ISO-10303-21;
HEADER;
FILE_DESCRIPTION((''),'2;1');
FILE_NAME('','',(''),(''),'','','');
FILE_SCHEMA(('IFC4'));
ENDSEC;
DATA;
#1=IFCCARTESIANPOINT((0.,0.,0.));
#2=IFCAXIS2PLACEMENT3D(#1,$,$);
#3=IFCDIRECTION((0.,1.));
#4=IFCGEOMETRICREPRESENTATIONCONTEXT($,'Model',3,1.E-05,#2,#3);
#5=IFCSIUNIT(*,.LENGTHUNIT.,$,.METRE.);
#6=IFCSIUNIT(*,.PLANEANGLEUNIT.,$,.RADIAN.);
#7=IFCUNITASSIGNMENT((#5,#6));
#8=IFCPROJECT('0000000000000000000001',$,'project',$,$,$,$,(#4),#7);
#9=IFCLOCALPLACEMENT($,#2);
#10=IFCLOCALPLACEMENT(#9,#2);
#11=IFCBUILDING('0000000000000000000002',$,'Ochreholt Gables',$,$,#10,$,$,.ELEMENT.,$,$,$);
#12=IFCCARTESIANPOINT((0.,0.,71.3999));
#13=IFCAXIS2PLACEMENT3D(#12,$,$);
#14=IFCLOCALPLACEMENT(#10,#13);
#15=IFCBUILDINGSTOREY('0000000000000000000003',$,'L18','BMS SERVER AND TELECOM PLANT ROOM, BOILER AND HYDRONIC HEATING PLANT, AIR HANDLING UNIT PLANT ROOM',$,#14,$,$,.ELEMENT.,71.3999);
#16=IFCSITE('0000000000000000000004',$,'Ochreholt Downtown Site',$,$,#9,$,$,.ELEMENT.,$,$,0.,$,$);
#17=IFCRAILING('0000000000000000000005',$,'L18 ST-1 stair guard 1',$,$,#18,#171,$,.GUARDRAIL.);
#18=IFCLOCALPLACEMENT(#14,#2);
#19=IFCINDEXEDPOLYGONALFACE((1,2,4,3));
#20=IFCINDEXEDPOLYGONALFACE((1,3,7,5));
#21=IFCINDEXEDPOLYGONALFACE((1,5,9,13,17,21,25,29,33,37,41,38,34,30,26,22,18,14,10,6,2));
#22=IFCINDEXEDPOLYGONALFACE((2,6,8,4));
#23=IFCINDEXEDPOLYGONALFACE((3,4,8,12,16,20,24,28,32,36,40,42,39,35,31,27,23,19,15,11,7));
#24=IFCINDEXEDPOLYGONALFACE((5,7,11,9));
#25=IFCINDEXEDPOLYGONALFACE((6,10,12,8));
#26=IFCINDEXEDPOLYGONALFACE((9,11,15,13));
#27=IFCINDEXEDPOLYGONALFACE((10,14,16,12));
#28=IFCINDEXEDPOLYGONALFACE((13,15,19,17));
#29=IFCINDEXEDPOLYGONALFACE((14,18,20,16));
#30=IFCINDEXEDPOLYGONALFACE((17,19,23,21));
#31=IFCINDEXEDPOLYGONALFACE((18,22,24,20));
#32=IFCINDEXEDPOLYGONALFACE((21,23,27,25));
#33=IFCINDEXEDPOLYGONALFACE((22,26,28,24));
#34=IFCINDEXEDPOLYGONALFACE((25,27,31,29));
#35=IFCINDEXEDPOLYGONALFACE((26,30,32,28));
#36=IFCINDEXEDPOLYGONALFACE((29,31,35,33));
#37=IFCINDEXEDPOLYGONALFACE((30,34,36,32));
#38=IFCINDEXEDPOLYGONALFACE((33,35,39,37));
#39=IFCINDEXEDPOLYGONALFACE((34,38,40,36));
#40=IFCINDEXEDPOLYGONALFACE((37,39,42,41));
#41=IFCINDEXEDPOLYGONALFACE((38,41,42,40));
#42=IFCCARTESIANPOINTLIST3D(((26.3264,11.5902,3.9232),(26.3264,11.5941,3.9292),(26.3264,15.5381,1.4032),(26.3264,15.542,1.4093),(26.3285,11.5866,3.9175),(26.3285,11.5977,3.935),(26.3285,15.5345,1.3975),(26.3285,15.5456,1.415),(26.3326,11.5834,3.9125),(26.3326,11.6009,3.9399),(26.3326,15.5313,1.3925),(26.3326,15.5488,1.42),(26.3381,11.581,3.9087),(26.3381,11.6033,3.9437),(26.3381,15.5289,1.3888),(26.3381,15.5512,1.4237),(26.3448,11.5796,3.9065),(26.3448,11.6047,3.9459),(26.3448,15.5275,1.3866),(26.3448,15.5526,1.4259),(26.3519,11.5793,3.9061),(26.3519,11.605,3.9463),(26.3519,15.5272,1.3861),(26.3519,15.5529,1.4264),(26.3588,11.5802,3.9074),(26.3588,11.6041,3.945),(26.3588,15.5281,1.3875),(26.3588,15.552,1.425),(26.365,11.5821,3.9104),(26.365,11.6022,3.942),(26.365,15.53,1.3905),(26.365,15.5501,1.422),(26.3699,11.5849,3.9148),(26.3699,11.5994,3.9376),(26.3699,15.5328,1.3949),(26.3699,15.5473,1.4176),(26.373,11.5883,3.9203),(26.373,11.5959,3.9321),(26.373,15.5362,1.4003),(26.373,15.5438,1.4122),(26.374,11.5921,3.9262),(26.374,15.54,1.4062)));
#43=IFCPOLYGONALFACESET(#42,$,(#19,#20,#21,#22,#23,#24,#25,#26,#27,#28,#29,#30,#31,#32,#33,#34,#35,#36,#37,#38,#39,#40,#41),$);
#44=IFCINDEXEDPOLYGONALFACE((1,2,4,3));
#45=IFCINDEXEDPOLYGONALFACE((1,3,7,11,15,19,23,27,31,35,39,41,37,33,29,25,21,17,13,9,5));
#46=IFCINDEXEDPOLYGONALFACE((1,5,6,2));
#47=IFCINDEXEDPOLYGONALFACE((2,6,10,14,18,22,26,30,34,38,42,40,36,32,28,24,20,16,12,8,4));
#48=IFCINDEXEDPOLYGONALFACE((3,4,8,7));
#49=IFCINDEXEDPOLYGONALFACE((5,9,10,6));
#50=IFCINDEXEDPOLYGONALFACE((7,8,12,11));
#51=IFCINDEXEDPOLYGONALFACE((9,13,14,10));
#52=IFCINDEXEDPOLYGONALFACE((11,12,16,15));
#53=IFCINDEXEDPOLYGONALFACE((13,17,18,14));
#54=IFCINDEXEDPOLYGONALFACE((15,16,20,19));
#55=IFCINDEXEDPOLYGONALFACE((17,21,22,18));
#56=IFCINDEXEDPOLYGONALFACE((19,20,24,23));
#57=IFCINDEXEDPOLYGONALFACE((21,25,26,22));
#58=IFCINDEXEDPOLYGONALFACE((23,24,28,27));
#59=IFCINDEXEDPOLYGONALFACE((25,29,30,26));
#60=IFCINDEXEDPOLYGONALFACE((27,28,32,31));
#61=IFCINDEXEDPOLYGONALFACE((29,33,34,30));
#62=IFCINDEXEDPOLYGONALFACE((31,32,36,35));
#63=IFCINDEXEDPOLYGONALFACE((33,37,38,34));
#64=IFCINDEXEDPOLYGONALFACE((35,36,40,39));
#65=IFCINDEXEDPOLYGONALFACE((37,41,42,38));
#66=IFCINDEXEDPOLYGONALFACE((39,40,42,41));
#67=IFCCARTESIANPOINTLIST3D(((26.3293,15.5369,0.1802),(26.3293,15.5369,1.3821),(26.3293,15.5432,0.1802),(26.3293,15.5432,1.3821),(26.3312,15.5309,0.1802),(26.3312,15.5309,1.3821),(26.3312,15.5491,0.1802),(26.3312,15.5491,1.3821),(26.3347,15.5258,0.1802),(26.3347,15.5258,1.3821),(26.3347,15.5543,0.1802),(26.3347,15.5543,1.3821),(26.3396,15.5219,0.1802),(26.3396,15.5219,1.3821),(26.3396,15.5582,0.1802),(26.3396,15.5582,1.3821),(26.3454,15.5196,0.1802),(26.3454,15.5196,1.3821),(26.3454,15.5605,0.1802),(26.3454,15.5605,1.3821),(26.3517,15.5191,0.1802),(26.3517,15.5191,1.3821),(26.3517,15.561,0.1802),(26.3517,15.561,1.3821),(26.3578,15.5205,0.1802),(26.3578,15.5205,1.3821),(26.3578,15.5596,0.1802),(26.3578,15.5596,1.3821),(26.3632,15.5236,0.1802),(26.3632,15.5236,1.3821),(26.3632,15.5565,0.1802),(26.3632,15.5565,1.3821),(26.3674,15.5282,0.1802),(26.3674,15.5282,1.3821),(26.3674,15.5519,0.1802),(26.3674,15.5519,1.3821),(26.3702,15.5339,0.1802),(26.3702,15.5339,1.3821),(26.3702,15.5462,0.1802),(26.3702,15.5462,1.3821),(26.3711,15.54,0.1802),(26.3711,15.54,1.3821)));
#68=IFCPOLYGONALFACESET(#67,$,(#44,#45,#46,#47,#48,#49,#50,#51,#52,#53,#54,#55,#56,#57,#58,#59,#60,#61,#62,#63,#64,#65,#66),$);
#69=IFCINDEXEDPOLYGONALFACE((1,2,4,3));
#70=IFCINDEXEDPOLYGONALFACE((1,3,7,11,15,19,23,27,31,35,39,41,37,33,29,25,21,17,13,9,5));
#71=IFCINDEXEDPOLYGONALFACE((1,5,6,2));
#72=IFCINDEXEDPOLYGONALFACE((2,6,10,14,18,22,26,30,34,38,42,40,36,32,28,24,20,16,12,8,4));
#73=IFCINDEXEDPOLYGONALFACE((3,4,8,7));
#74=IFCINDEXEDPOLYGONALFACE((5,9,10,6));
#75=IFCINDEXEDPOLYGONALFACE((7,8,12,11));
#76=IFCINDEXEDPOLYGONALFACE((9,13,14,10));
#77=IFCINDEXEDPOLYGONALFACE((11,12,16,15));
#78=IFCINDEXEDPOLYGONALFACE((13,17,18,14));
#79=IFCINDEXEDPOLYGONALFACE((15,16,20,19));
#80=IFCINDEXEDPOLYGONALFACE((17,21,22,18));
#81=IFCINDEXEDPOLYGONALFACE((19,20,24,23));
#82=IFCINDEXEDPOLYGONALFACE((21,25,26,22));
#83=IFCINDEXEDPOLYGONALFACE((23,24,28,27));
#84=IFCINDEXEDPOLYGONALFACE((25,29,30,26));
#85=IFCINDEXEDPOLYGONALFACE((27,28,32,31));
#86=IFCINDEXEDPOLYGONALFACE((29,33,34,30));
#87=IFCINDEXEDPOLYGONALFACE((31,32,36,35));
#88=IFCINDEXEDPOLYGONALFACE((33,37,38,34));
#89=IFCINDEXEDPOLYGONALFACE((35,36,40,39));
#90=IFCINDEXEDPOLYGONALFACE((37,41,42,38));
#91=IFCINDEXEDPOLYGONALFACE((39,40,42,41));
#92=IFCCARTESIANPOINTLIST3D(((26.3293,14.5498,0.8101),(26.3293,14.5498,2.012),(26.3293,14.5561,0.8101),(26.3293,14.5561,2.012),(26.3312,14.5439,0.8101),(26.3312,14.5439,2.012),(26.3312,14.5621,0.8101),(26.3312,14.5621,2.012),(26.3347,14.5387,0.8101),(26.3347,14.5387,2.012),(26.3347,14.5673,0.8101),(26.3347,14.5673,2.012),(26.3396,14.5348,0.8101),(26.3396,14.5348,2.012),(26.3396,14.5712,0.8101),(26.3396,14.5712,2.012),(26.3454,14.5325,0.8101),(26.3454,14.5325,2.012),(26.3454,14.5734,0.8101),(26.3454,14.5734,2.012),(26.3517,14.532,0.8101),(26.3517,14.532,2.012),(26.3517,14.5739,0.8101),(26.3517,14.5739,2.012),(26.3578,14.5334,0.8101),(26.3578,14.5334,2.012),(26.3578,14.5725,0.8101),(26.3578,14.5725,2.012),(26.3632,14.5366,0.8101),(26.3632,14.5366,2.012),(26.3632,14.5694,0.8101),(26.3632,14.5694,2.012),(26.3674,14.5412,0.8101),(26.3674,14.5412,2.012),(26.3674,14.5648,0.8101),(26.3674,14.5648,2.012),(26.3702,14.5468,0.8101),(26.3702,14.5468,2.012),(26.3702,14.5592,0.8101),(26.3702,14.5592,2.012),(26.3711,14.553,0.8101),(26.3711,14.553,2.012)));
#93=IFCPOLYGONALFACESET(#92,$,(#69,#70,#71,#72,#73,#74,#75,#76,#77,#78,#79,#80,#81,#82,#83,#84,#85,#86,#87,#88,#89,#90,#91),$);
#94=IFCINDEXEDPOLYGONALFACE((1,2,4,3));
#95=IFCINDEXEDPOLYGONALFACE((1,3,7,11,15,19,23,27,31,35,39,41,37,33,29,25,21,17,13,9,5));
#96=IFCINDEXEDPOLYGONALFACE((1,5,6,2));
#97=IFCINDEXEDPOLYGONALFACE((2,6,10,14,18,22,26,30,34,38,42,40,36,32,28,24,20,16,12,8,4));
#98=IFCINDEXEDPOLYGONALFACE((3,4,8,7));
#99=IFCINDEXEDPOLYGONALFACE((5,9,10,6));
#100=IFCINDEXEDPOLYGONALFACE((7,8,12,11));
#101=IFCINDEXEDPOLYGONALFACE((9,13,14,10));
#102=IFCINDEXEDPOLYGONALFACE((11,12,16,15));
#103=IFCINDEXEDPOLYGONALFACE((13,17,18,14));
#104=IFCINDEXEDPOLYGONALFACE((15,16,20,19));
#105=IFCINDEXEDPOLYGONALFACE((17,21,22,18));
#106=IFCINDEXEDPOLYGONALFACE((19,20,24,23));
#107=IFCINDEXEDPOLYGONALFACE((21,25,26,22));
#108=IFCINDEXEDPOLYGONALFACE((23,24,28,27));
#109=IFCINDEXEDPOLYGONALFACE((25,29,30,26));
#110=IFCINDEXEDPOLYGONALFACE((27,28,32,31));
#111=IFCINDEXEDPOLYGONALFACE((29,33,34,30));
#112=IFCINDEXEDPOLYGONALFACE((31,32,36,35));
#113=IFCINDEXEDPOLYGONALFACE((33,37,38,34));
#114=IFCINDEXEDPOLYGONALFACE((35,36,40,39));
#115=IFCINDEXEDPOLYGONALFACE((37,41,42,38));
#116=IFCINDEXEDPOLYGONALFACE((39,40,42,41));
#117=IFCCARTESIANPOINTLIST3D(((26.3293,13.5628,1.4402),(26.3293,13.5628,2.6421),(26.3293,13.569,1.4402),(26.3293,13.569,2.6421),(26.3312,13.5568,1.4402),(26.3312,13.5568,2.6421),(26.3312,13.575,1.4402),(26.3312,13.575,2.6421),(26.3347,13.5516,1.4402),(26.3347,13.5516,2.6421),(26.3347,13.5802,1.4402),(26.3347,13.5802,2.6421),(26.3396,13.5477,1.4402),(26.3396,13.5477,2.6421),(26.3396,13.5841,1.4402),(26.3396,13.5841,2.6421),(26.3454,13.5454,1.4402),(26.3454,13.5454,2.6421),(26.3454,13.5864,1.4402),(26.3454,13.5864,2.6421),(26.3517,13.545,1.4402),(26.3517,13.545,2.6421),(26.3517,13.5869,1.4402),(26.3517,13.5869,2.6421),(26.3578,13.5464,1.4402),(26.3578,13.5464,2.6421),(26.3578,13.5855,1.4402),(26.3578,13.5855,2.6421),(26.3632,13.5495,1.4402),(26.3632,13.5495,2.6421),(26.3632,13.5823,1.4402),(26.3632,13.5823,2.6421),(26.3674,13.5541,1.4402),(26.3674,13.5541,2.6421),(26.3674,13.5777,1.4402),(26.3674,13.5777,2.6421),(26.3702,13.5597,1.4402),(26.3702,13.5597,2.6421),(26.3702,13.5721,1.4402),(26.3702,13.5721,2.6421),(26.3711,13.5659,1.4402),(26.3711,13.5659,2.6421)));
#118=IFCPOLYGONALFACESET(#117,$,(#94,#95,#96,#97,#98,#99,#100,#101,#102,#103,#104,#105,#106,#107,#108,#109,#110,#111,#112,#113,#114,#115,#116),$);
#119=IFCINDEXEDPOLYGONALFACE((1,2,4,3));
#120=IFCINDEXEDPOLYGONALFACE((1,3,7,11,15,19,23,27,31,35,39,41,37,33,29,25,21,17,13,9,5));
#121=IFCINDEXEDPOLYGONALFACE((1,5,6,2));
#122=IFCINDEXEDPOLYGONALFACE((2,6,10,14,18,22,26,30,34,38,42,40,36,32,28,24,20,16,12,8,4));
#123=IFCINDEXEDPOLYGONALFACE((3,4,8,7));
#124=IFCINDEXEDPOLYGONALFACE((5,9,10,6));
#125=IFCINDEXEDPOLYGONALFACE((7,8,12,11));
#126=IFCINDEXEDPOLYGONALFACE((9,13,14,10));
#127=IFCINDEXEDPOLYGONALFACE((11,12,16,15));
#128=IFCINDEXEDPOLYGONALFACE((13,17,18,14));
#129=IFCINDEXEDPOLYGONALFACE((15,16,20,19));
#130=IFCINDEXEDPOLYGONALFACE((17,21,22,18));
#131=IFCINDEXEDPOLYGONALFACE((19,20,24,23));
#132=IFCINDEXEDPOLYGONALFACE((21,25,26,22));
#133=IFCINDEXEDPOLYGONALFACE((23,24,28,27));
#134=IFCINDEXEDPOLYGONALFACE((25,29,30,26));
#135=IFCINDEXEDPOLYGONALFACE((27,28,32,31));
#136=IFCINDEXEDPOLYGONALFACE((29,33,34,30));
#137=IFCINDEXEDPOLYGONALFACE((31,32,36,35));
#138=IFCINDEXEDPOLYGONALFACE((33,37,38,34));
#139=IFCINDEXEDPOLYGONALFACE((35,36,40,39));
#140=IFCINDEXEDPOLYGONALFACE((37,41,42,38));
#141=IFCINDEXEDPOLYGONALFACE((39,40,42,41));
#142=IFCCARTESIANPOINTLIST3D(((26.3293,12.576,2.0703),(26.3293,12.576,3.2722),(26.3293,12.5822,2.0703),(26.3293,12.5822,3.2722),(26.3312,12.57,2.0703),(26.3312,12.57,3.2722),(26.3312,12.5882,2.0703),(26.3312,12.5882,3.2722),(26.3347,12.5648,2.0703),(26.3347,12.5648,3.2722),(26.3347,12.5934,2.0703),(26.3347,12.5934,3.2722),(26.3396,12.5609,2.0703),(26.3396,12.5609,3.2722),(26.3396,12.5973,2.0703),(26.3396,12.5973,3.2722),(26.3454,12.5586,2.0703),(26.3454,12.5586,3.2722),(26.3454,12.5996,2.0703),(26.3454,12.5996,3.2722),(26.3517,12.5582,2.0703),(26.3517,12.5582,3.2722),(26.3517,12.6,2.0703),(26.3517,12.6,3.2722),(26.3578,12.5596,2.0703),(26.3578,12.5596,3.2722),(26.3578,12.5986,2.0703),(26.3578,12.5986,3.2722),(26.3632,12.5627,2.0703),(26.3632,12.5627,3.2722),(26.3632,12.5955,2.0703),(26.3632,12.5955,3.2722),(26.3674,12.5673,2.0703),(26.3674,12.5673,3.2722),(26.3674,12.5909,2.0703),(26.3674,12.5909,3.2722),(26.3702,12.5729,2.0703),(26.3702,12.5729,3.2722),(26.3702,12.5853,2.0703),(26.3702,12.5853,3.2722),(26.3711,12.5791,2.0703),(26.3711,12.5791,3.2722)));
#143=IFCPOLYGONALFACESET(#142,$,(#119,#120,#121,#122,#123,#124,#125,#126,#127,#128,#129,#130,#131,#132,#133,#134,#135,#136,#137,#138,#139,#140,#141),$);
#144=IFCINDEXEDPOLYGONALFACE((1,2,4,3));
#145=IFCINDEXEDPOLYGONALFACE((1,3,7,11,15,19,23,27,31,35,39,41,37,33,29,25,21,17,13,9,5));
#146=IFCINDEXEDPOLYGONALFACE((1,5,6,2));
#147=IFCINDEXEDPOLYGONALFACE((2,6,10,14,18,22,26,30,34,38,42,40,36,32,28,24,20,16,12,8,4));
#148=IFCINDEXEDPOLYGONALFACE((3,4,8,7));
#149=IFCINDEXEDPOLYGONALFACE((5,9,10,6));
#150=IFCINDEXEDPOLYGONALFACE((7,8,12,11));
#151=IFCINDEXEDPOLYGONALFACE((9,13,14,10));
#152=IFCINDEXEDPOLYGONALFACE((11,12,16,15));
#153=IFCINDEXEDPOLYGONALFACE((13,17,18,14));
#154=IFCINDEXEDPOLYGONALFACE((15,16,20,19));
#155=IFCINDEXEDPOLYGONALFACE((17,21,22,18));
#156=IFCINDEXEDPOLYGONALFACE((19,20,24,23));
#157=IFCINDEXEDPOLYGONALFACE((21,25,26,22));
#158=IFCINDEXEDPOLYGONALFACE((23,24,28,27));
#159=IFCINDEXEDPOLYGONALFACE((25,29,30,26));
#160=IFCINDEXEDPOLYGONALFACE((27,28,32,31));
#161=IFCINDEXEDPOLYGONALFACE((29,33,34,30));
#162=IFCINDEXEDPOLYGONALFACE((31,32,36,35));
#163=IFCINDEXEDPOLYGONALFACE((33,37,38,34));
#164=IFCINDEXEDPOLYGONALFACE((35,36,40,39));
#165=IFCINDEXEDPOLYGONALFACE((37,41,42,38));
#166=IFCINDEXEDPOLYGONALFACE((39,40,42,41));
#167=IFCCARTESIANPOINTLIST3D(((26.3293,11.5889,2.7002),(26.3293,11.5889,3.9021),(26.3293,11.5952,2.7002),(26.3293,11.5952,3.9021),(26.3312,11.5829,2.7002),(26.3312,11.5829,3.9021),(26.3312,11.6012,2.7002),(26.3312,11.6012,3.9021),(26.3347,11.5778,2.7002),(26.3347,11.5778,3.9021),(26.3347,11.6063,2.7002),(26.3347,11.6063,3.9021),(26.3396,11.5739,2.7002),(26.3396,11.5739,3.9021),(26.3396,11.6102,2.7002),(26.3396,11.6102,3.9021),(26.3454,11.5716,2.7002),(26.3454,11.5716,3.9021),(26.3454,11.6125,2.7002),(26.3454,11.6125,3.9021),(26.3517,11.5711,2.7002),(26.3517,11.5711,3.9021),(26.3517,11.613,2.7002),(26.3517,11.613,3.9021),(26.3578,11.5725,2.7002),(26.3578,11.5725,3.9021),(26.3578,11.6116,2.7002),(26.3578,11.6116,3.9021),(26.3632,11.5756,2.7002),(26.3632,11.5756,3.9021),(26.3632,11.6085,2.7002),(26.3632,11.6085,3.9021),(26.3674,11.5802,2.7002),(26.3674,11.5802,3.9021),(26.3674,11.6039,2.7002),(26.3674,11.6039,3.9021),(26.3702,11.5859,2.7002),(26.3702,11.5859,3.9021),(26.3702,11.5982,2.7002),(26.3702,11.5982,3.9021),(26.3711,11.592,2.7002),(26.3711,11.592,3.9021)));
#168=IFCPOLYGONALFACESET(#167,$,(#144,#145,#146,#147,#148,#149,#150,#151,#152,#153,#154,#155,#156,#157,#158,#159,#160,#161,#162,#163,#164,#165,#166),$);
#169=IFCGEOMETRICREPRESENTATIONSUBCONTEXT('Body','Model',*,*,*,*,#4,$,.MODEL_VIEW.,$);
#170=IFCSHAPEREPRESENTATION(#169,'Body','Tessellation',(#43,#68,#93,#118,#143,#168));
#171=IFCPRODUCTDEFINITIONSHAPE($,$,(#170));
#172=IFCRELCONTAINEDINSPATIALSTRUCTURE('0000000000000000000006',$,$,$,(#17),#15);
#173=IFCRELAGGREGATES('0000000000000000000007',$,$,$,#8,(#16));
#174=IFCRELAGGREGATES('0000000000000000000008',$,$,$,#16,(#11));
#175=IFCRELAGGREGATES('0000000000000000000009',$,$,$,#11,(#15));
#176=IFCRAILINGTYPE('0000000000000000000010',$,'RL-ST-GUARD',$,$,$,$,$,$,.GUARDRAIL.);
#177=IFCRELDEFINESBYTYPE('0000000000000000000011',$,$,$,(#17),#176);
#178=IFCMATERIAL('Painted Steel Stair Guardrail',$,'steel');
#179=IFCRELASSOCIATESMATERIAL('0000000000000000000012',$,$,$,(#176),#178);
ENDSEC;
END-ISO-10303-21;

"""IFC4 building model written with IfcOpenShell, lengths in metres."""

from ifc_helpers import new_model, si_unit, direction, frame, origin, origin_2d, place, context, subcontext, project, spatial, circle, extrude, material, type_object, element, save


model = new_model("IFC4")

# Units and contexts
model_context = context("Model", 3, precision=1e-05, world=origin(), true_north=direction((0.0, 1.0)))
body_context = subcontext(model_context, "Body", "Model", "MODEL_VIEW")
ifc_project = project(units=[si_unit("LENGTHUNIT", "METRE"), si_unit("PLANEANGLEUNIT", "RADIAN")], contexts=[model_context])

# Site, building, storey
site_placement = place(None, origin())
site = spatial("IfcSite", under=ifc_project, at=site_placement, Name="Ochreholt Downtown Site", CompositionType="ELEMENT", RefElevation=0.0)
building_placement = place(site_placement, origin())
building = spatial("IfcBuilding", under=site, at=building_placement, Name="Ochreholt Gables", CompositionType="ELEMENT")
storey_placement = place(building_placement, frame((0.0, 0.0, 71.3999)))
storey = spatial("IfcBuildingStorey", under=building, at=storey_placement, Name="L18", Description="BMS SERVER AND TELECOM PLANT ROOM, BOILER AND HYDRONIC HEATING PLANT, AIR HANDLING UNIT PLANT ROOM", CompositionType="ELEMENT", Elevation=71.3999)

# Railing
ifc_material_1 = material(Name="Painted Steel Stair Guardrail", Category="steel")
railing_type_1 = type_object("IfcRailingType", Name="RL-ST-GUARD", PredefinedType="GUARDRAIL", material=ifc_material_1)
railing_1_placement = place(storey_placement, frame((26.3501, 15.54, 0.1802)))
element("IfcRailing", 1, at=railing_1_placement, inside=storey, type_object=railing_type_1, Name="L18 ST-1 stair guard 1", PredefinedType="GUARDRAIL", context=body_context, shape_type="SweptSolid", body=[
    extrude(circle(Radius=0.0239, at=origin_2d()), frame((0.0, 0.0, 1.2261), z_axis=(0.0, -0.84292, 0.538039), x_axis=(1.0, 0.0, 0.0)), (0.0, 0.0, 1.0), 4.6836),
    extrude(circle(Radius=0.021, at=origin_2d()), origin(), (0.0, 0.0, 1.0), 1.2019),
    extrude(circle(Radius=0.021, at=origin_2d()), frame((0.0, -0.9871, 0.6299)), (0.0, 0.0, 1.0), 1.2019),
    extrude(circle(Radius=0.021, at=origin_2d()), frame((0.0, -1.9741, 1.26)), (0.0, 0.0, 1.0), 1.2019),
    extrude(circle(Radius=0.021, at=origin_2d()), frame((0.0, -2.9609, 1.8901)), (0.0, 0.0, 1.0), 1.2019),
    extrude(circle(Radius=0.021, at=origin_2d()), frame((0.0, -3.948, 2.52)), (0.0, 0.0, 1.0), 1.2019),
])

save(model, "model.ifc")
